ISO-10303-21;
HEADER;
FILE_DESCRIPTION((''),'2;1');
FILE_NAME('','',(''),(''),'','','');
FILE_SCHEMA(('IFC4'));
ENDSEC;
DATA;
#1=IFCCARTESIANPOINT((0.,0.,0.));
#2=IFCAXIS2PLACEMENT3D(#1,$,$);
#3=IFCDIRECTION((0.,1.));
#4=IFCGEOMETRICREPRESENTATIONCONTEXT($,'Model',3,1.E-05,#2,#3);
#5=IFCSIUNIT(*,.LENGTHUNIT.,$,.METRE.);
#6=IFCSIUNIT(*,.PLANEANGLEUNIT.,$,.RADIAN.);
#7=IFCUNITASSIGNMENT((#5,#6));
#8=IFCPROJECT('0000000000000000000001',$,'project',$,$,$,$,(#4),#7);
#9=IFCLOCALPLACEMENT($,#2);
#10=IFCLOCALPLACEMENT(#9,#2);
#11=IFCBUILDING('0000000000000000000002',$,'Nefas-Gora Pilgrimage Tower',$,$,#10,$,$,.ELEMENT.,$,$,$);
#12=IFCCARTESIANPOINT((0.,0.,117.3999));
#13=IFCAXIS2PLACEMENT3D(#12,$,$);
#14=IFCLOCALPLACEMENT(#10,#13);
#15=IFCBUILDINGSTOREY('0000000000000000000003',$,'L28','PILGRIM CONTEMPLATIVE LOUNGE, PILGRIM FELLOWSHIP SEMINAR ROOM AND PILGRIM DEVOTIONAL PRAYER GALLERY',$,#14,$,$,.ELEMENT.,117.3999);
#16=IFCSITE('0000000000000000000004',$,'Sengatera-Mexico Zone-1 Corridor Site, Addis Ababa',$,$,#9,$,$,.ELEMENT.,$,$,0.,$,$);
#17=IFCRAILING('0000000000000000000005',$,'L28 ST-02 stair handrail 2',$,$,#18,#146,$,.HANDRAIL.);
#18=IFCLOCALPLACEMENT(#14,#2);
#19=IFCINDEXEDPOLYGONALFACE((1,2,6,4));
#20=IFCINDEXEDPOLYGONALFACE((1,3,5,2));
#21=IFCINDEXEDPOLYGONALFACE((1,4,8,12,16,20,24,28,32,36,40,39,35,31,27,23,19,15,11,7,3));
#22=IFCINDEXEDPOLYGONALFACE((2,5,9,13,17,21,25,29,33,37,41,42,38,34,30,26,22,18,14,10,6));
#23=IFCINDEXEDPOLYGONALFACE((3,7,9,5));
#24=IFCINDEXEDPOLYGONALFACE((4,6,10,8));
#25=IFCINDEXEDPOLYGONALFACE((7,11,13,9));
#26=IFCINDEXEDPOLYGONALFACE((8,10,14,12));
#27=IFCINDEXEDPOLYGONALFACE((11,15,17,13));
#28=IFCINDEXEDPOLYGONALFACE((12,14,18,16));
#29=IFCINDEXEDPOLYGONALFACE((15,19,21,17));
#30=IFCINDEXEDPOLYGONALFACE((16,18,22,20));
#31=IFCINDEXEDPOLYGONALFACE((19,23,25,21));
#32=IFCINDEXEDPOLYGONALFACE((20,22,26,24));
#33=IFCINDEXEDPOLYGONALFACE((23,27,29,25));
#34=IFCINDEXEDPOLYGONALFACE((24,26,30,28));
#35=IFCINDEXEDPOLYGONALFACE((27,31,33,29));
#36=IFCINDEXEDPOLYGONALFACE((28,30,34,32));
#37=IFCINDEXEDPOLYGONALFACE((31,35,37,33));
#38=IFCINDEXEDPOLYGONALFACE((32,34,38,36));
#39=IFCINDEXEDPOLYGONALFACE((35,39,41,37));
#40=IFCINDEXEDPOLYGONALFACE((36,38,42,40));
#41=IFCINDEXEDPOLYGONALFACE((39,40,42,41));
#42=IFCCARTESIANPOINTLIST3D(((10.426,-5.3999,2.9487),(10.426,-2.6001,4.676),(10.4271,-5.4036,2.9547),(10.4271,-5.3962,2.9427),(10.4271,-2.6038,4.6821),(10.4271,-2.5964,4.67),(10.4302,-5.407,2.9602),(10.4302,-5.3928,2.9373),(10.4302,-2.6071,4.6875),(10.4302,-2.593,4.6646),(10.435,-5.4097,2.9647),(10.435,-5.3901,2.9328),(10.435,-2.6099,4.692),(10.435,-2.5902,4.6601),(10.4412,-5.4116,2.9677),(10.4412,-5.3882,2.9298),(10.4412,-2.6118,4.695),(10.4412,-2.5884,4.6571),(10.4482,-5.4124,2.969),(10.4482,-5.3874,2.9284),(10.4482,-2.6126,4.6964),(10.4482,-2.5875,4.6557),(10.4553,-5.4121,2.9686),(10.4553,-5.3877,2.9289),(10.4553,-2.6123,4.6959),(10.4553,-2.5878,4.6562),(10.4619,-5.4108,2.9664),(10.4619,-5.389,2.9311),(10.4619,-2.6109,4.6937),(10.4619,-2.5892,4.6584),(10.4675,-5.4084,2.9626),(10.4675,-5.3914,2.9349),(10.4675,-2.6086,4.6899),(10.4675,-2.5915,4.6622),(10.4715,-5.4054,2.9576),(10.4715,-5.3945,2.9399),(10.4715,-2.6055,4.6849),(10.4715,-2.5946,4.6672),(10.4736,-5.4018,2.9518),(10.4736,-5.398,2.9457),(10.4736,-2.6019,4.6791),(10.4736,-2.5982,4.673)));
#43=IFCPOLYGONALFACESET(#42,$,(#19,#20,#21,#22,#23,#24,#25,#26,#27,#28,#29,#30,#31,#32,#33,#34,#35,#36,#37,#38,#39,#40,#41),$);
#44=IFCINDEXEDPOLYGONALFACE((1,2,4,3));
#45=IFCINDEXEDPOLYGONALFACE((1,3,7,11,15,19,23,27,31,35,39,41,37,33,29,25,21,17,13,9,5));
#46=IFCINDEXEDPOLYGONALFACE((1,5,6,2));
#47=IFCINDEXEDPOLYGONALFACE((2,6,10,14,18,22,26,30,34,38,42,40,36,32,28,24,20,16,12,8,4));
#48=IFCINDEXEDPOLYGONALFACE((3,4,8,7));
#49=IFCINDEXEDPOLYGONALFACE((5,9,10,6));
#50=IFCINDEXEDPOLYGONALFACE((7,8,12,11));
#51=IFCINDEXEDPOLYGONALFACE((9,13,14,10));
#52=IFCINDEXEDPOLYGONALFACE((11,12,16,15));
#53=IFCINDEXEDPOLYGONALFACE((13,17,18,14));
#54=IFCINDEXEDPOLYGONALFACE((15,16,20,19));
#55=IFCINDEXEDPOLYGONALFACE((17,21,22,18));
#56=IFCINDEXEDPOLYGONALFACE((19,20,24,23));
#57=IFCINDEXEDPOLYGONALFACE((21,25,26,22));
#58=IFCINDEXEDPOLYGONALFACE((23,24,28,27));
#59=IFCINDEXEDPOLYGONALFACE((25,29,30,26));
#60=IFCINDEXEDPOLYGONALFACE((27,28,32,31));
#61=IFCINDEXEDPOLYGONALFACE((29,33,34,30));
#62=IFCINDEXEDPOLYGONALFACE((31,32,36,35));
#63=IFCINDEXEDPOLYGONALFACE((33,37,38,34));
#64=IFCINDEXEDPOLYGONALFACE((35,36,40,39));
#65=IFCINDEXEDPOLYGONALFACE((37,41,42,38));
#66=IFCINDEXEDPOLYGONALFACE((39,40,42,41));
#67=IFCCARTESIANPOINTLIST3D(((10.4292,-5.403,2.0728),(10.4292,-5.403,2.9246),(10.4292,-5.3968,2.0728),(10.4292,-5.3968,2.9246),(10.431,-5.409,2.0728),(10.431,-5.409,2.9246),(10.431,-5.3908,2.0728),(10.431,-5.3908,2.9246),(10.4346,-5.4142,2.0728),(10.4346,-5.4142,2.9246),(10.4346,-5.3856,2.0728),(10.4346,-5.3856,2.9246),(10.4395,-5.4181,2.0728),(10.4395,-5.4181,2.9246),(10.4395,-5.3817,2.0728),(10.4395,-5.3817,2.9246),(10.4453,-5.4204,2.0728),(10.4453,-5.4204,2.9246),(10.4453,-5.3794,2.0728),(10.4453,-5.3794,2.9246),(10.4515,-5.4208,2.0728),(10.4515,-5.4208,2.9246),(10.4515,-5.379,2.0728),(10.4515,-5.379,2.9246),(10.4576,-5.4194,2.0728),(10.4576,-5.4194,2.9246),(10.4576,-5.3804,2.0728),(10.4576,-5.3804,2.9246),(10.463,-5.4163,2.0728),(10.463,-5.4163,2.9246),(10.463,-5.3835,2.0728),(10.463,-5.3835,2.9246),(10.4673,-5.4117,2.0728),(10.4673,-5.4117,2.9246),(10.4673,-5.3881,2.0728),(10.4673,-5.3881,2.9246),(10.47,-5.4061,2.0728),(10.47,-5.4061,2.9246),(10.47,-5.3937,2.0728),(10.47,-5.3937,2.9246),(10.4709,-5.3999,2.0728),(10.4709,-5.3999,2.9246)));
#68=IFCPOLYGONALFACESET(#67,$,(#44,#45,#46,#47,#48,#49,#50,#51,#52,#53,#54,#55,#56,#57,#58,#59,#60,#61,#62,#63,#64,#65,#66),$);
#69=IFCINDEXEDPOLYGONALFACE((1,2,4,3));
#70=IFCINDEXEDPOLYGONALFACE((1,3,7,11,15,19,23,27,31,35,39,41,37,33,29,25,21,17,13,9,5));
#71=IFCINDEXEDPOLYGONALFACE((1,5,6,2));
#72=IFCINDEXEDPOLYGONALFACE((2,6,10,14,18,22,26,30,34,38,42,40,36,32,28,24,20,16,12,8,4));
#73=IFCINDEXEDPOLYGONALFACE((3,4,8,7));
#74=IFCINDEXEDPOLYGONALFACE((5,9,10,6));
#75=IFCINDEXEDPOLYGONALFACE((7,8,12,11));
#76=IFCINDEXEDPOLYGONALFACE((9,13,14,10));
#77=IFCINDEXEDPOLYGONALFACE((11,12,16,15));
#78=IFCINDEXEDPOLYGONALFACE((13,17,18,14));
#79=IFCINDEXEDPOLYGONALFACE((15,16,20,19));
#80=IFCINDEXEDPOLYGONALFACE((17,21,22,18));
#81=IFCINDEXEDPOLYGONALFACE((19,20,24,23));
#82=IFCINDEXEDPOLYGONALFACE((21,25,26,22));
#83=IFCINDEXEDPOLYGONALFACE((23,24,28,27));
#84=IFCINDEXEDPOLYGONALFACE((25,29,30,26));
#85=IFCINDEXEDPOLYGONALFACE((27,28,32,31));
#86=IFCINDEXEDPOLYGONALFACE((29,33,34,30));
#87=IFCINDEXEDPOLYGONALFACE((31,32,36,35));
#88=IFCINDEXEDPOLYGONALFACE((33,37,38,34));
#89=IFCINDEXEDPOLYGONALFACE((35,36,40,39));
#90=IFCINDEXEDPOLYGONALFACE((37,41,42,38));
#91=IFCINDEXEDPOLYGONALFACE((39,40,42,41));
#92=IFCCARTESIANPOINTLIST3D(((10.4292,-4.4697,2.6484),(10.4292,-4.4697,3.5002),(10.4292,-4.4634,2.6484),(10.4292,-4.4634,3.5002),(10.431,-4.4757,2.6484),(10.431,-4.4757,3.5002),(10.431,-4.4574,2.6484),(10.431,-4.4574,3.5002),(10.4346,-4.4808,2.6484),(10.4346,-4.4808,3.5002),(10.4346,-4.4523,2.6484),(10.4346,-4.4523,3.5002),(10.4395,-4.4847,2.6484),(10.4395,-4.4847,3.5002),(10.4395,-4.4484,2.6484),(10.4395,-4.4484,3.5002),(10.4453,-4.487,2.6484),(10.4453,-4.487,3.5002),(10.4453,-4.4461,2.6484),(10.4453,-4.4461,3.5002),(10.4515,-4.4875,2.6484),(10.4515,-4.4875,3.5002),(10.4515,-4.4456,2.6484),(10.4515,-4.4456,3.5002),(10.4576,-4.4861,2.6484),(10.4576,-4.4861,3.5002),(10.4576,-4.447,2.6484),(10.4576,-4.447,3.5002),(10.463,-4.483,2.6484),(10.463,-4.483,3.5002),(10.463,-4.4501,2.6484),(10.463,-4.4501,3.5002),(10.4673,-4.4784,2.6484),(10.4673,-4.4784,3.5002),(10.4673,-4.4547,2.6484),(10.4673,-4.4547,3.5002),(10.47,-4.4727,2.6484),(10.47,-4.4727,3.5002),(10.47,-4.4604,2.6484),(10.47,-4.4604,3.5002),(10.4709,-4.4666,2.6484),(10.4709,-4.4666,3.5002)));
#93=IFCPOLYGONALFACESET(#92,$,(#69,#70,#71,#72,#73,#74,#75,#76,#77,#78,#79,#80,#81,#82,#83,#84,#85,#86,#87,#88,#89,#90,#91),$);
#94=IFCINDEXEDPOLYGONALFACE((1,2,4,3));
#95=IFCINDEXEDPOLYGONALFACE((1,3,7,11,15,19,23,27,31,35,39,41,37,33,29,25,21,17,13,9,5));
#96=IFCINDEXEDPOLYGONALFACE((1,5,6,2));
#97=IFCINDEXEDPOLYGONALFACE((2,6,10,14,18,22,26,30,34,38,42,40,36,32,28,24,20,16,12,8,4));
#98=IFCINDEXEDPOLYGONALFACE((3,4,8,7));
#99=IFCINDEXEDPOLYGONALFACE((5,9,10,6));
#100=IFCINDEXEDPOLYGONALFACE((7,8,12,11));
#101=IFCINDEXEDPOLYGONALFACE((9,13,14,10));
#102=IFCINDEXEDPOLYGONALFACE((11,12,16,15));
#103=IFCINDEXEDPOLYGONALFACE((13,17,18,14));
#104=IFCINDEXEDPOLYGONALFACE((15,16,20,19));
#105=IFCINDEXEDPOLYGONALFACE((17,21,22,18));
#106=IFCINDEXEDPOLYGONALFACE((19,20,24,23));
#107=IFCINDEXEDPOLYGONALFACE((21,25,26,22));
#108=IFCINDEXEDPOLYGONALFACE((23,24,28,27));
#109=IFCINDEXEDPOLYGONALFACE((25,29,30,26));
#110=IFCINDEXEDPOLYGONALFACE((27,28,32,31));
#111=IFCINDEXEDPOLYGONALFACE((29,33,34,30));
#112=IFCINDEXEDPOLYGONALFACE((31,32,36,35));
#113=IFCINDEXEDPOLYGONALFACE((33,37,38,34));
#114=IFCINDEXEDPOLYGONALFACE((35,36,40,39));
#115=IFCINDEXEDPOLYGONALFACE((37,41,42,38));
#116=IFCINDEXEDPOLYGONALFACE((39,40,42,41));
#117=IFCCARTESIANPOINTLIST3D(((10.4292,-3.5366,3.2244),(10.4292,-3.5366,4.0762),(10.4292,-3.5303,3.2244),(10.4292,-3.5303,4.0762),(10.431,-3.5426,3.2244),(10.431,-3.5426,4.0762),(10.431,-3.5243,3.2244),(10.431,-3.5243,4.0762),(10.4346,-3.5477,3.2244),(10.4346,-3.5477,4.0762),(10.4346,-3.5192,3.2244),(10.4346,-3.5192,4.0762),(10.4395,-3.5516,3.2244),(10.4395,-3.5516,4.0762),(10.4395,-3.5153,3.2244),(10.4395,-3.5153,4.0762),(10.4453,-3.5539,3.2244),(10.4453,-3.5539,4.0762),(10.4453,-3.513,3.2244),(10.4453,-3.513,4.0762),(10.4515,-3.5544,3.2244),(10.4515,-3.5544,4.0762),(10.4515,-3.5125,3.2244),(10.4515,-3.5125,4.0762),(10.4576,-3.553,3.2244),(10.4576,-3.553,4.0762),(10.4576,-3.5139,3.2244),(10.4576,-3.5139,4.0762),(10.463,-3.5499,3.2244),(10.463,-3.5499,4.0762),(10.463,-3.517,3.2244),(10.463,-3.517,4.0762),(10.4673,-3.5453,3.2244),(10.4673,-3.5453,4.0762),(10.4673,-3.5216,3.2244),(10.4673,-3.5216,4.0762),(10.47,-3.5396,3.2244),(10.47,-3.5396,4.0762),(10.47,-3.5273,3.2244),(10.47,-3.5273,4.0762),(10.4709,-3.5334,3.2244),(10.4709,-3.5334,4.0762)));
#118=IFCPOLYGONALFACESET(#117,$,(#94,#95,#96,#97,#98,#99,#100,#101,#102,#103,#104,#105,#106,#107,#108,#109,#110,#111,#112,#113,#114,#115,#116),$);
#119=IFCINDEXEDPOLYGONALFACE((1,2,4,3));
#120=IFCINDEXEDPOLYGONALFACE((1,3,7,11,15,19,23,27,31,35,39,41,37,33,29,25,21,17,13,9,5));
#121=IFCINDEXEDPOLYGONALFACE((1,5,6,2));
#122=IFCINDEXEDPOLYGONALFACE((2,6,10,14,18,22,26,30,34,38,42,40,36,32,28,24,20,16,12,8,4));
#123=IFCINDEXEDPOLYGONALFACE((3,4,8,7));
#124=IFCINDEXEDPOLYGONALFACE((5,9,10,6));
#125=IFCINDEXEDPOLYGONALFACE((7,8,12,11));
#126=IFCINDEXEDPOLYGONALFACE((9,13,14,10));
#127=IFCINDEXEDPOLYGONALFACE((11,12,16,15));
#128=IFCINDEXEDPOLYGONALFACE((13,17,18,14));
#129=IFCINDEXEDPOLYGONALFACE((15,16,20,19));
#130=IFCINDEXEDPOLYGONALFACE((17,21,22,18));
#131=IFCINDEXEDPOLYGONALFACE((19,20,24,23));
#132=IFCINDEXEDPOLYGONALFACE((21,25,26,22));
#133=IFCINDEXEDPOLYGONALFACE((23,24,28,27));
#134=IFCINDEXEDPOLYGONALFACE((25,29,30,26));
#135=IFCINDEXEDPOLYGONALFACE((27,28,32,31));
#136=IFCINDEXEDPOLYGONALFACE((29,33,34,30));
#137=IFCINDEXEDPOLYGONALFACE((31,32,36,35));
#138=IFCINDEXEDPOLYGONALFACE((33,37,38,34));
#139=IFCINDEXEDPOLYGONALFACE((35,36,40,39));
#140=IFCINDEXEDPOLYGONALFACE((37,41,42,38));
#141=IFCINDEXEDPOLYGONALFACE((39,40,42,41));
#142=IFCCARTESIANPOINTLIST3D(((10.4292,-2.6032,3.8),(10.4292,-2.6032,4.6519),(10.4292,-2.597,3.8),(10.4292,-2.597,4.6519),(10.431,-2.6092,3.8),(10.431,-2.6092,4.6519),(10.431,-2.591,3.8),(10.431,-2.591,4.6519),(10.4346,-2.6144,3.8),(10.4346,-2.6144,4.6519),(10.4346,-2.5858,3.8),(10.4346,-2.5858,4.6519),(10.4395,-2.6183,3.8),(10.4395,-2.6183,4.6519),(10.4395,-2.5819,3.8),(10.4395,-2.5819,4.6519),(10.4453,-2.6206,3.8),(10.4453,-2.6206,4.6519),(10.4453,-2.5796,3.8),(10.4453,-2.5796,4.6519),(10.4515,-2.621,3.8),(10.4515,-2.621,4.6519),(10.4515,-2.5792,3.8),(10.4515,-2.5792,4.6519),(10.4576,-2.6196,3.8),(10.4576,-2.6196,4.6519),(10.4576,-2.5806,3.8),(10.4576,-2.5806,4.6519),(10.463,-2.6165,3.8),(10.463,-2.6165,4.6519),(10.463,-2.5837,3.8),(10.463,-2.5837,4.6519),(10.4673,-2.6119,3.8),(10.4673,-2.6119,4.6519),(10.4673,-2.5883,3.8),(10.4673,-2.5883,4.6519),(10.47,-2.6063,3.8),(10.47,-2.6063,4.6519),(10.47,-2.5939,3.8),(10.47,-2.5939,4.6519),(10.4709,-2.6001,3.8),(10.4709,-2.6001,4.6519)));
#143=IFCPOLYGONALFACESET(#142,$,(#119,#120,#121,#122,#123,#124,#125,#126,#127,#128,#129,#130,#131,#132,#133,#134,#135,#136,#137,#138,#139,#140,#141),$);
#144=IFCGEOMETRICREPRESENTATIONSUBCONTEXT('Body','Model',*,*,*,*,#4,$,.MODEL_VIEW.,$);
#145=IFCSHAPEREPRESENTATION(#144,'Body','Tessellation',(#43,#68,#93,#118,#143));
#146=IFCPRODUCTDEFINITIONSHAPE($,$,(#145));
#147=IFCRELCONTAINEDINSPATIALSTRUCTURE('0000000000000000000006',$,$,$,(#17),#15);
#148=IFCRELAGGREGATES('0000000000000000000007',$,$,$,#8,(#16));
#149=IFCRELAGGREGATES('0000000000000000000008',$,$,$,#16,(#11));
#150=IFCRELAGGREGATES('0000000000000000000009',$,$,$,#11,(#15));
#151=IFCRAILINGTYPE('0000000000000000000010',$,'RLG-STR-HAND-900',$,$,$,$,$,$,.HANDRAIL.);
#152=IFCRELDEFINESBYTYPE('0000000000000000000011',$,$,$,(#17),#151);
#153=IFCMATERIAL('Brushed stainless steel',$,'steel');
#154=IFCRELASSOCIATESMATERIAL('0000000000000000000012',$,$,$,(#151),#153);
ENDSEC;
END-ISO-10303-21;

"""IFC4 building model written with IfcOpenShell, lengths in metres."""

from ifc_helpers import new_model, si_unit, direction, frame, origin, origin_2d, place, context, subcontext, project, spatial, circle, extrude, material, type_object, element, save


model = new_model("IFC4")

# Units and contexts
model_context = context("Model", 3, precision=1e-05, world=origin(), true_north=direction((0.0, 1.0)))
body_context = subcontext(model_context, "Body", "Model", "MODEL_VIEW")
ifc_project = project(units=[si_unit("LENGTHUNIT", "METRE"), si_unit("PLANEANGLEUNIT", "RADIAN")], contexts=[model_context])

# Site, building, storey
site_placement = place(None, origin())
site = spatial("IfcSite", under=ifc_project, at=site_placement, Name="Sengatera-Mexico Zone-1 Corridor Site, Addis Ababa", CompositionType="ELEMENT", RefElevation=0.0)
building_placement = place(site_placement, origin())
building = spatial("IfcBuilding", under=site, at=building_placement, Name="Nefas-Gora Pilgrimage Tower", CompositionType="ELEMENT")
storey_placement = place(building_placement, frame((0.0, 0.0, 117.3999)))
storey = spatial("IfcBuildingStorey", under=building, at=storey_placement, Name="L28", Description="PILGRIM CONTEMPLATIVE LOUNGE, PILGRIM FELLOWSHIP SEMINAR ROOM AND PILGRIM DEVOTIONAL PRAYER GALLERY", CompositionType="ELEMENT", Elevation=117.3999)

# Railing
ifc_material_1 = material(Name="Brushed stainless steel", Category="steel")
railing_type_1 = type_object("IfcRailingType", Name="RLG-STR-HAND-900", PredefinedType="HANDRAIL", material=ifc_material_1)
railing_1_placement = place(storey_placement, frame((10.45, -5.3999, 2.0728)))
element("IfcRailing", 1, at=railing_1_placement, inside=storey, type_object=railing_type_1, Name="L28 ST-02 stair handrail 2", PredefinedType="HANDRAIL", context=body_context, shape_type="SweptSolid", body=[
    extrude(circle(Radius=0.0239, at=origin_2d()), frame((0.0, 0.0, 0.876), z_axis=(0.0, 0.851069, 0.525054), x_axis=(-1.0, 0.0, 0.0)), (0.0, 0.0, 1.0), 3.2898),
    extrude(circle(Radius=0.021, at=origin_2d()), origin(), (0.0, 0.0, 1.0), 0.8518),
    extrude(circle(Radius=0.021, at=origin_2d()), frame((0.0, 0.9333, 0.5757)), (0.0, 0.0, 1.0), 0.8518),
    extrude(circle(Radius=0.021, at=origin_2d()), frame((0.0, 1.8665, 1.1516)), (0.0, 0.0, 1.0), 0.8518),
    extrude(circle(Radius=0.021, at=origin_2d()), frame((0.0, 2.7998, 1.7273)), (0.0, 0.0, 1.0), 0.8518),
])

save(model, "model.ifc")
